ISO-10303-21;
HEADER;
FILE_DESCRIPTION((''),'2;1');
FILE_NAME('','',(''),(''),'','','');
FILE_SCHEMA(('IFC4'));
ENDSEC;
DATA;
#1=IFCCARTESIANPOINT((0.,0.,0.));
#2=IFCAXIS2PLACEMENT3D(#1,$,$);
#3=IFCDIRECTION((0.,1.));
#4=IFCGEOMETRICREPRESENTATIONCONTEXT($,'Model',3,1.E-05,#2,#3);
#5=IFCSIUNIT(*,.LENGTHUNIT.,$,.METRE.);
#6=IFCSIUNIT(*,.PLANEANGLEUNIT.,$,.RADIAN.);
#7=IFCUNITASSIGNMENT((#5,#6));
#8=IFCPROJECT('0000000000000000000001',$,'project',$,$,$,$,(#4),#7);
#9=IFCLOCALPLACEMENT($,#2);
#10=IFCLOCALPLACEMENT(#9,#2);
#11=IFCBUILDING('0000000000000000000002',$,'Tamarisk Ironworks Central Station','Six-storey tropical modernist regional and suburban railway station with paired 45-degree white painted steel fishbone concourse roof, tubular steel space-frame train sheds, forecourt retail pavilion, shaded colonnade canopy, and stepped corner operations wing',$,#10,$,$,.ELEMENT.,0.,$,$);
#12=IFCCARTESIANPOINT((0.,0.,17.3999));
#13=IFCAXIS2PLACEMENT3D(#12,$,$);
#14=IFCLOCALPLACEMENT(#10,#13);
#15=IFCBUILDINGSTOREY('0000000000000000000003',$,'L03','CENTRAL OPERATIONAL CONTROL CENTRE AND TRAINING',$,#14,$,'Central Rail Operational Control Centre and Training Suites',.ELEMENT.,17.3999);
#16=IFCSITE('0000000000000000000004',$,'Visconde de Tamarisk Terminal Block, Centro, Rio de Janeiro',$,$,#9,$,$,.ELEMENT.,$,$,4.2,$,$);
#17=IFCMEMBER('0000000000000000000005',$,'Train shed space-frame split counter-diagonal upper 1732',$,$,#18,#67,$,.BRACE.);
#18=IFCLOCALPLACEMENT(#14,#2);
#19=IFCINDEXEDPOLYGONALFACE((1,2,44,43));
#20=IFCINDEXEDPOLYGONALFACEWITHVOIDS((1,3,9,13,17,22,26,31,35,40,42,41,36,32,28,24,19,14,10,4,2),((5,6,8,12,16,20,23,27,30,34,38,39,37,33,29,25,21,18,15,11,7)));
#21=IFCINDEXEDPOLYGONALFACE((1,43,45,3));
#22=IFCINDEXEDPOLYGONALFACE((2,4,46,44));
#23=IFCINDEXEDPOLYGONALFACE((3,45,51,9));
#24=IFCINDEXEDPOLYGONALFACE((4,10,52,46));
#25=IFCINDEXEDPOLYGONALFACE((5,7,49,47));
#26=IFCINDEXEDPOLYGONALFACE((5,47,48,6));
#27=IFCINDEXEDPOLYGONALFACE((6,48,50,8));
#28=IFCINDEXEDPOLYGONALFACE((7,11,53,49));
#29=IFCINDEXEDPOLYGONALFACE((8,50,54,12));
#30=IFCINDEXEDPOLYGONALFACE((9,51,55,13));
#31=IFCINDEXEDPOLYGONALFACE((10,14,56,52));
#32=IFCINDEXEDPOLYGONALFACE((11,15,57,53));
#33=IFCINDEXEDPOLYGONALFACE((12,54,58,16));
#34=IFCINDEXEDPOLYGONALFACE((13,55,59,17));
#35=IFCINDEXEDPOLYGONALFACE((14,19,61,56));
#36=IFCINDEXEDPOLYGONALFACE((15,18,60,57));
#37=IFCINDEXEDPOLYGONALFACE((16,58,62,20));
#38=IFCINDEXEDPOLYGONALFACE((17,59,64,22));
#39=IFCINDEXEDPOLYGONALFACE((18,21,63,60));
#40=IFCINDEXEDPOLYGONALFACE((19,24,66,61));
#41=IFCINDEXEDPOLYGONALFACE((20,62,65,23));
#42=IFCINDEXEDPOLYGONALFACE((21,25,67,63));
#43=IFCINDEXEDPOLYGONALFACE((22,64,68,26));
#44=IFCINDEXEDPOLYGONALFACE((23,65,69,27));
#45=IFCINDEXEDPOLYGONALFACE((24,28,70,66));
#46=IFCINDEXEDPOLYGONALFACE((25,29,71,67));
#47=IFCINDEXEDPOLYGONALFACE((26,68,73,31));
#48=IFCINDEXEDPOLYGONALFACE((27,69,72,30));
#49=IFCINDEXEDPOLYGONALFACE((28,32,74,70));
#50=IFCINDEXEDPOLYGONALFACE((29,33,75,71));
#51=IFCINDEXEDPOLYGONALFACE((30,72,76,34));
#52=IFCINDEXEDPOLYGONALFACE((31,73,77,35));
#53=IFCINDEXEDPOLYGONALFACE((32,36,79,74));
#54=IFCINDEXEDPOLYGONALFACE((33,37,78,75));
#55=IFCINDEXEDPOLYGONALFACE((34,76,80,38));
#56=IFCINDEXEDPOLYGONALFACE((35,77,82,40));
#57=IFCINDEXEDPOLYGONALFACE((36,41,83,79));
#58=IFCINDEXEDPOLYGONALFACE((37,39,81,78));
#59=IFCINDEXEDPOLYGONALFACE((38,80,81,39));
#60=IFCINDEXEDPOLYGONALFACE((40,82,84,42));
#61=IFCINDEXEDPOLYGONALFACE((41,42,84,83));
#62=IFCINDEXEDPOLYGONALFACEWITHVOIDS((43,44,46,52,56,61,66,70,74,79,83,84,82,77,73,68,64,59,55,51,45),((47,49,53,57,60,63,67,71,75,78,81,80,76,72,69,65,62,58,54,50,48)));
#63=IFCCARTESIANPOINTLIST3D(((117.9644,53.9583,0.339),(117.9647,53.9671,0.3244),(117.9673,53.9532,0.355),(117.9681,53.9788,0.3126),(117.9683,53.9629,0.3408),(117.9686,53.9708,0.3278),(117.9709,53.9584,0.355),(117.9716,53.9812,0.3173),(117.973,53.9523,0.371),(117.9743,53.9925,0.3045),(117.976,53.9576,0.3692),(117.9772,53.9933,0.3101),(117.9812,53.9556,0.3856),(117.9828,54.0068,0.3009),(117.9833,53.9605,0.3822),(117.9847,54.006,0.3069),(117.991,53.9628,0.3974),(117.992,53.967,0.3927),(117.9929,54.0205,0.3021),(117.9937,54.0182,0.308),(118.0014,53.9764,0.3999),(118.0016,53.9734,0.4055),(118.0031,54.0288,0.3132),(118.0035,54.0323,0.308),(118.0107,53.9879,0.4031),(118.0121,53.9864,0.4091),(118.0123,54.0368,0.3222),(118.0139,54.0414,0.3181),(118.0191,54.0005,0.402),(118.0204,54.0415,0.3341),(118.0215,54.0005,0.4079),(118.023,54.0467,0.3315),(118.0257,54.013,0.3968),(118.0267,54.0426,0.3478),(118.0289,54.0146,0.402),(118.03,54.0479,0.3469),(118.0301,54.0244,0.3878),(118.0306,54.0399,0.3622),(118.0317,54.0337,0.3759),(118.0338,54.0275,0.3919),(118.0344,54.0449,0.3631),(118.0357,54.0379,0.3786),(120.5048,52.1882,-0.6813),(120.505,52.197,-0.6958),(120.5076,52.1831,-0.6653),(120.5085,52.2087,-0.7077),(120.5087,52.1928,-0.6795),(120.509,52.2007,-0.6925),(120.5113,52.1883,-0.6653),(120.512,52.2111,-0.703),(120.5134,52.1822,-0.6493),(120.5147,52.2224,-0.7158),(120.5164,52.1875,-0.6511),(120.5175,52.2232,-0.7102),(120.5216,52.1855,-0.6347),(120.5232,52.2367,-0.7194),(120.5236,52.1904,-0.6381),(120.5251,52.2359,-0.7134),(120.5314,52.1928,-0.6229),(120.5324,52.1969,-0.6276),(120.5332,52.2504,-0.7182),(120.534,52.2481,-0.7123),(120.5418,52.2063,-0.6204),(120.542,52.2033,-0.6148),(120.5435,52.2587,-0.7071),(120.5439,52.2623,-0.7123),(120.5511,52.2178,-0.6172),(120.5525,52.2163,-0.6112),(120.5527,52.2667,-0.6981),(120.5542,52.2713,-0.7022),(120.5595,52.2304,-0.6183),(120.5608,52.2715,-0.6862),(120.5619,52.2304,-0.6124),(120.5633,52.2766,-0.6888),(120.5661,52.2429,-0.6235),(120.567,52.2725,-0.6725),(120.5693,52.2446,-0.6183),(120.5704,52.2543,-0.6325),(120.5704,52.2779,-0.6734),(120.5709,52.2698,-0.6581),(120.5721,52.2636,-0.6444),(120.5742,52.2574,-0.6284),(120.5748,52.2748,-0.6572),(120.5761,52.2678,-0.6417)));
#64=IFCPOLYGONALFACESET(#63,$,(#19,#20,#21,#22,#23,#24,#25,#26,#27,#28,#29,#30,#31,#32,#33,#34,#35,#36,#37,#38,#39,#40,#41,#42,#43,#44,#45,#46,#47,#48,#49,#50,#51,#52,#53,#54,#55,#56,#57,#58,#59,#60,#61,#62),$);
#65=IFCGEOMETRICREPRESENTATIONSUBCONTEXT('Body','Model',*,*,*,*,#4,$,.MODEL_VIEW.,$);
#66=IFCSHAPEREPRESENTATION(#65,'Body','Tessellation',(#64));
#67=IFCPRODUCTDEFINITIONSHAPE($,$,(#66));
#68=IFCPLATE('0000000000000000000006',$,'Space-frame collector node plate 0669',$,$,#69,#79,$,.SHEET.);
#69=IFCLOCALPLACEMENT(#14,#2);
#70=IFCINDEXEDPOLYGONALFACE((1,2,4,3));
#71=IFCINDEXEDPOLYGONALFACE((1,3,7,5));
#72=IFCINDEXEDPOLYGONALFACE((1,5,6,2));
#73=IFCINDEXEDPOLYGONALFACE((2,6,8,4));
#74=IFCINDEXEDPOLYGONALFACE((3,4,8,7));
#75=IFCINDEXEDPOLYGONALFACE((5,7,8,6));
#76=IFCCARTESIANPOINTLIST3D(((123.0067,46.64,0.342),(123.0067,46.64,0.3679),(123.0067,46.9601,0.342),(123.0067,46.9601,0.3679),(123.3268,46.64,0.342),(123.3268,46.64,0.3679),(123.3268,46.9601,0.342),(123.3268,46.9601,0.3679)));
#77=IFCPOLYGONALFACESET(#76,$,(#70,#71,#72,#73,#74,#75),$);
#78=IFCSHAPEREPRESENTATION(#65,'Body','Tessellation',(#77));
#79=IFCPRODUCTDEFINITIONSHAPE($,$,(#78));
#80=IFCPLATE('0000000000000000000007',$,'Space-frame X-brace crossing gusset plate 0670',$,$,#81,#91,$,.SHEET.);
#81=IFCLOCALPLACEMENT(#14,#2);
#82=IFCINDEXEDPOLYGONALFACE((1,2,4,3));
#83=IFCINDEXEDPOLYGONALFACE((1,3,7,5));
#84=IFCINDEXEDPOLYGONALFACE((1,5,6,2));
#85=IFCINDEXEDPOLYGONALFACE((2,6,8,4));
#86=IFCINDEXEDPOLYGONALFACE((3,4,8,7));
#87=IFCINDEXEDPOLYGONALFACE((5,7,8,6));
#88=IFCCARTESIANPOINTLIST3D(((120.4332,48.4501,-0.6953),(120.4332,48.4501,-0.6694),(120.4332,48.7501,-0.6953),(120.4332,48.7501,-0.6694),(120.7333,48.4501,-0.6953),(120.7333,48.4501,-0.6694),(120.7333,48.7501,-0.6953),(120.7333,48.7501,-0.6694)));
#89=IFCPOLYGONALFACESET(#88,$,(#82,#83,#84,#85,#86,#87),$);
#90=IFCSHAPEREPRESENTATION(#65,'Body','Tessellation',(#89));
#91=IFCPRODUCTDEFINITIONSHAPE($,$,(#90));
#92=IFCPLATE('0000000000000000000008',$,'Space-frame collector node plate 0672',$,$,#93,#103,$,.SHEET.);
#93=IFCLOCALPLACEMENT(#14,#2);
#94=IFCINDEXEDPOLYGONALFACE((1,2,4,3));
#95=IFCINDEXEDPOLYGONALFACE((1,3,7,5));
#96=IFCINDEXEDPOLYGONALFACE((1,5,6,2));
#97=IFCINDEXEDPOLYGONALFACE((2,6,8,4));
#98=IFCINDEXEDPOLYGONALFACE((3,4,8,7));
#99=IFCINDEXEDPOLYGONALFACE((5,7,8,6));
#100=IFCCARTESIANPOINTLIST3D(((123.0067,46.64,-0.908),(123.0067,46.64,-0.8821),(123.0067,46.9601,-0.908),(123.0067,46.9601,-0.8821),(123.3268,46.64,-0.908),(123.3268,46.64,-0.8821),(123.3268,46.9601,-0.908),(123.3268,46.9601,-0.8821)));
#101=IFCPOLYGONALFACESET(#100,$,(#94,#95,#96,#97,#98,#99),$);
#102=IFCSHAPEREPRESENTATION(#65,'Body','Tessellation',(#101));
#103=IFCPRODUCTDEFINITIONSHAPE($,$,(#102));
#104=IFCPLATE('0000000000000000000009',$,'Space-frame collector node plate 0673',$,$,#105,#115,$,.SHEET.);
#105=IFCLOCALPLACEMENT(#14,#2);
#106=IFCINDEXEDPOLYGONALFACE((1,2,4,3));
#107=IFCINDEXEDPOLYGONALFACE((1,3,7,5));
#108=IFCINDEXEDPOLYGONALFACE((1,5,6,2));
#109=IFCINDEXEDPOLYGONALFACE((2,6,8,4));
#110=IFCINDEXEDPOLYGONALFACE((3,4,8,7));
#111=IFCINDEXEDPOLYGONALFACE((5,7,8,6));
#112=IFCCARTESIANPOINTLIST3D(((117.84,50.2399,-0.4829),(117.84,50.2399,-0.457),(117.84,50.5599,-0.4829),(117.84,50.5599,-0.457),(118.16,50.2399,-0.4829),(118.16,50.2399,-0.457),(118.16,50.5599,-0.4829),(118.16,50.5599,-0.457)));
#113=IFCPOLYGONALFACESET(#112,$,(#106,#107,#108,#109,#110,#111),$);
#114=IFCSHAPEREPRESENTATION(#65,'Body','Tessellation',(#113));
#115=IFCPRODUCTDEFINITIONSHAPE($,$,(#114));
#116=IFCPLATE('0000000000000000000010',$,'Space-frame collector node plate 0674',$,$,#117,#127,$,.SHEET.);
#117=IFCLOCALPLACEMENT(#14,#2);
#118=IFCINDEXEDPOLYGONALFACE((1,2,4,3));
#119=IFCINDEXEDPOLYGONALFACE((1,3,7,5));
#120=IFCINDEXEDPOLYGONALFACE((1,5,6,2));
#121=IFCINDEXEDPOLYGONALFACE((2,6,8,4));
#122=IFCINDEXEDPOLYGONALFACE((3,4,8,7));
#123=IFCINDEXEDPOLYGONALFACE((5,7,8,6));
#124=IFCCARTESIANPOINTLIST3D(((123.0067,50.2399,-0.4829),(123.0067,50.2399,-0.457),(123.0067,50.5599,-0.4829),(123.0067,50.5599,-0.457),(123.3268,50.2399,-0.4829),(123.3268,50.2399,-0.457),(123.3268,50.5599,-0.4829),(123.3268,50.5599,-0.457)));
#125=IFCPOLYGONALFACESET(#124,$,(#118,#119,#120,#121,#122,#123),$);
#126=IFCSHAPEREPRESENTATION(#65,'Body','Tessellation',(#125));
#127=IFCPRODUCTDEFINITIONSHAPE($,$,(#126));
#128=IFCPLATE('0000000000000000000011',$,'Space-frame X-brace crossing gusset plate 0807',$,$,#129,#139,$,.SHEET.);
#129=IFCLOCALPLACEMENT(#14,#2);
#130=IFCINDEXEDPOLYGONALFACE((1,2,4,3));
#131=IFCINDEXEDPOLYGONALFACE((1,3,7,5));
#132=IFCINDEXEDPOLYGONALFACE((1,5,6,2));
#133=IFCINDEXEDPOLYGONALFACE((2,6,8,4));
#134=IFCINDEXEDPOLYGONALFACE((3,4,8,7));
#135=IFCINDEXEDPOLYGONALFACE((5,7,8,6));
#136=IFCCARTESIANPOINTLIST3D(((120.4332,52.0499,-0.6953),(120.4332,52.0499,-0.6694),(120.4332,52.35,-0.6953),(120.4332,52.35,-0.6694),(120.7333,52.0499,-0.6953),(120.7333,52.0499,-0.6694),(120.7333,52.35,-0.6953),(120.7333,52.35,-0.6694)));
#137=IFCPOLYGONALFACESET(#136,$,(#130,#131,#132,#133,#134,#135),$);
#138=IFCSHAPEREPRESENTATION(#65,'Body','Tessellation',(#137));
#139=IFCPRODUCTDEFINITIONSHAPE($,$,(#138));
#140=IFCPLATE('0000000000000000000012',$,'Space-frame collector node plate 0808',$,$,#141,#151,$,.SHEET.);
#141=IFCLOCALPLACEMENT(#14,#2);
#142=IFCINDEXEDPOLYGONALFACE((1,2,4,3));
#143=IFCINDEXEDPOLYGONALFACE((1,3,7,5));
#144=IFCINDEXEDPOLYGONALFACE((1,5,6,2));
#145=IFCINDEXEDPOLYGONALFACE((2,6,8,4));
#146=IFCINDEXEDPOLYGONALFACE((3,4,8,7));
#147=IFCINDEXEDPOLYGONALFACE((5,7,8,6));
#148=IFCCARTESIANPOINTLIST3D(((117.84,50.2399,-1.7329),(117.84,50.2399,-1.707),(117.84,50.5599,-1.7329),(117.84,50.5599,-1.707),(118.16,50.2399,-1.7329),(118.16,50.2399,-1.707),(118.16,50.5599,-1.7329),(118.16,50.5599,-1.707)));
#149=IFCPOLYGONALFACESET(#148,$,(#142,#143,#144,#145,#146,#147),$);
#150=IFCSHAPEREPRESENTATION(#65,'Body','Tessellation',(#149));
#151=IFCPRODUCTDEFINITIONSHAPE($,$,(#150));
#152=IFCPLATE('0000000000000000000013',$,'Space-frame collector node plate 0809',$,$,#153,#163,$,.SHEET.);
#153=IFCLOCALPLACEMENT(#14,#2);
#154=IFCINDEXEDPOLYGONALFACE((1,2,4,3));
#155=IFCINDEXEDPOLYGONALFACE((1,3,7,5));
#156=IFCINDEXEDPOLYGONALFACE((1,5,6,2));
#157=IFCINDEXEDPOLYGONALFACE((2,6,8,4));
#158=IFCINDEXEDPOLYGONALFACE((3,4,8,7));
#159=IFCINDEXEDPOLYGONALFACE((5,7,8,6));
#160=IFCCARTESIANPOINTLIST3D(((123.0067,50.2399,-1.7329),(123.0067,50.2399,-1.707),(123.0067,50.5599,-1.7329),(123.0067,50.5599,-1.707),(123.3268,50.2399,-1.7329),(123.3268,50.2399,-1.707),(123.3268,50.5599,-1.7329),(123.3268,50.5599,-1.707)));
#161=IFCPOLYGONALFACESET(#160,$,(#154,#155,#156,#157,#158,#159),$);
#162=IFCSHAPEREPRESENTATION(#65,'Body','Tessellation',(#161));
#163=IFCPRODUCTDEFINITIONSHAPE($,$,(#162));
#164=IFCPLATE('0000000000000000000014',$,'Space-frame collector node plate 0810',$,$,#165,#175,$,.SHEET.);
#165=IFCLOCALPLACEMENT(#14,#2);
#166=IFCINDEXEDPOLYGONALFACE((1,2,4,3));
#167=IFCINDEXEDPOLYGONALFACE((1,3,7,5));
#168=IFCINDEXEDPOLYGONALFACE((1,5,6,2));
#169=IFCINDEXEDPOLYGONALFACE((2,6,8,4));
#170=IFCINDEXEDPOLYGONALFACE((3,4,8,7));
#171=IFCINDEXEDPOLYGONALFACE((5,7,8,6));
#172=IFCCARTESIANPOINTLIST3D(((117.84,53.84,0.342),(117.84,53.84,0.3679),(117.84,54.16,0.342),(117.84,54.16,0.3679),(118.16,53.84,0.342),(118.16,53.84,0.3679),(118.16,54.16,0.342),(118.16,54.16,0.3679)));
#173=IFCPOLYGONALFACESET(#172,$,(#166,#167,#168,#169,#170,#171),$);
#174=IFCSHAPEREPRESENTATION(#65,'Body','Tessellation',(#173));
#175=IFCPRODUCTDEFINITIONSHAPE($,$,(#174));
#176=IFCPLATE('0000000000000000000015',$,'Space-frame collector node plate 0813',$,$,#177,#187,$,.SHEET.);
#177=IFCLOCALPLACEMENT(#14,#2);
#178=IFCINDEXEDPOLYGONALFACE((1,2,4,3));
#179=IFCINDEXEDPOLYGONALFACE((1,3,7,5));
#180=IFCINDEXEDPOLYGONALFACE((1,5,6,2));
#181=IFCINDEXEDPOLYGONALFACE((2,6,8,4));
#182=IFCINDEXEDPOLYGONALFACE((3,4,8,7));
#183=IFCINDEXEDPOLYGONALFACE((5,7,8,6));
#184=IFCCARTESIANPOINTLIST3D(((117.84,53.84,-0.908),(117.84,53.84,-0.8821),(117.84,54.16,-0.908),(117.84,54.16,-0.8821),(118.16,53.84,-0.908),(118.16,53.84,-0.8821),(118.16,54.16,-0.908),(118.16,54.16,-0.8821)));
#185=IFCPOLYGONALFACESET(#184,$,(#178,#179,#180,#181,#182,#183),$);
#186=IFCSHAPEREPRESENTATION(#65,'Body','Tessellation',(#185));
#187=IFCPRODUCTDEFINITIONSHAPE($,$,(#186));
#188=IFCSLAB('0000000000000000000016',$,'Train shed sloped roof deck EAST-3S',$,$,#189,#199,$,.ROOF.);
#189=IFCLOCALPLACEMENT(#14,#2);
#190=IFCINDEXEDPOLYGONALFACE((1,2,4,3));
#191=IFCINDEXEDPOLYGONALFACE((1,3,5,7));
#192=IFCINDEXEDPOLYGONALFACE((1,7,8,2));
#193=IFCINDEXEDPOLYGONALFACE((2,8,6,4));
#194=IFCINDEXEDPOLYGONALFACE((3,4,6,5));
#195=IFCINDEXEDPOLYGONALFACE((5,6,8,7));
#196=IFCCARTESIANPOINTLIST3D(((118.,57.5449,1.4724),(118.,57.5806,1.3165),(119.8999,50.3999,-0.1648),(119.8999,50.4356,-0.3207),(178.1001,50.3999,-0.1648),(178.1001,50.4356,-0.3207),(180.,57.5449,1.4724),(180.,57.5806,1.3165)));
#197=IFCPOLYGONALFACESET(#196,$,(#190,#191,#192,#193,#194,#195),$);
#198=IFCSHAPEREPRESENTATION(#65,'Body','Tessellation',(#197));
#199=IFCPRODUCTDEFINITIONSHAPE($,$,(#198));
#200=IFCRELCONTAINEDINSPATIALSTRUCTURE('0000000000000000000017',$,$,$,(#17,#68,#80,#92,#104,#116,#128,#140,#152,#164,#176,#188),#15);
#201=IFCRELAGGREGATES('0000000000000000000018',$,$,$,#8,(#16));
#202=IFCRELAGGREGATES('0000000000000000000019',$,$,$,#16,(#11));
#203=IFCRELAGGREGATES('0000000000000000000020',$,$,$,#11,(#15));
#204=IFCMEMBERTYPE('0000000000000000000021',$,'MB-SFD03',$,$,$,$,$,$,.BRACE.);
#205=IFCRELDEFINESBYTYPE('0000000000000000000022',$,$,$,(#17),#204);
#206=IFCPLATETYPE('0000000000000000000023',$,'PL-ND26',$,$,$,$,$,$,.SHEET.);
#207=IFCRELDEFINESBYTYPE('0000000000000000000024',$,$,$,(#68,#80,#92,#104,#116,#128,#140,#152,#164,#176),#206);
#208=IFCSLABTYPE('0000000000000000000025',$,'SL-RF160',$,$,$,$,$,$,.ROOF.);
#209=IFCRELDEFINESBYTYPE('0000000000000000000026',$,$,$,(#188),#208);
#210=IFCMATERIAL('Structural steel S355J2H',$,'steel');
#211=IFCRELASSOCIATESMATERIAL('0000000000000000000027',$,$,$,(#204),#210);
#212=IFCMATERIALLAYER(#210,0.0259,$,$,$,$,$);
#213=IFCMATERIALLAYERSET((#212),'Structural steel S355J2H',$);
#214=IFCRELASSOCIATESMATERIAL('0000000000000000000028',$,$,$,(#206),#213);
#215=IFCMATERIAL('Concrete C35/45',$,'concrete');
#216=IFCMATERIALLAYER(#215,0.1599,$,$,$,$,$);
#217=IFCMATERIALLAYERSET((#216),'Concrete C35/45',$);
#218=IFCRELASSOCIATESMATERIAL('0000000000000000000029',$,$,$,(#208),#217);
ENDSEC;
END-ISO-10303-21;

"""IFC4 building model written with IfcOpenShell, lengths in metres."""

from ifc_helpers import new_model, si_unit, direction, frame, origin, origin_2d, place, context, subcontext, project, spatial, polyline, rectangle, hollow_circle, outline, extrude, material, layer, layer_set, material_profile, profile_set, type_object, element, save


model = new_model("IFC4")

# Units and contexts
model_context = context("Model", 3, precision=1e-05, world=origin(), true_north=direction((0.0, 1.0)))
body_context = subcontext(model_context, "Body", "Model", "MODEL_VIEW")
ifc_project = project(units=[si_unit("LENGTHUNIT", "METRE"), si_unit("PLANEANGLEUNIT", "RADIAN")], contexts=[model_context])

# Site, building, storey
site_placement = place(None, origin())
site = spatial("IfcSite", under=ifc_project, at=site_placement, Name="Visconde de Tamarisk Terminal Block, Centro, Rio de Janeiro", CompositionType="ELEMENT", RefElevation=4.2)
building_placement = place(site_placement, origin())
building = spatial("IfcBuilding", under=site, at=building_placement, Name="Tamarisk Ironworks Central Station", Description="Six-storey tropical modernist regional and suburban railway station with paired 45-degree white painted steel fishbone concourse roof, tubular steel space-frame train sheds, forecourt retail pavilion, shaded colonnade canopy, and stepped corner operations wing", CompositionType="ELEMENT", ElevationOfRefHeight=0.0)
storey_placement = place(building_placement, frame((0.0, 0.0, 17.3999)))
storey = spatial("IfcBuildingStorey", under=building, at=storey_placement, Name="L03", Description="CENTRAL OPERATIONAL CONTROL CENTRE AND TRAINING", LongName="Central Rail Operational Control Centre and Training Suites", CompositionType="ELEMENT", Elevation=17.3999)

# Member
ifc_material_1 = material(Name="Structural steel S355J2H", Category="steel")
ifc_material_profile_1 = material_profile(ifc_material_1, hollow_circle(Radius=0.0571, WallThickness=0.0063, at=origin_2d()), Name="CHS 114.3x6.3")
ifc_profile_set_1 = profile_set([ifc_material_profile_1], Name="Structural steel S355J2H")
member_type_1 = type_object("IfcMemberType", Name="MB-SFD03", PredefinedType="BRACE", material=ifc_profile_set_1)
member_1_placement = place(storey_placement, frame((120.5403, 52.23, -0.6653), z_axis=(-0.779252, 0.542967, 0.312974), x_axis=(-0.571688, -0.820471, 0.0)))
element("IfcMember", 1, at=member_1_placement, inside=storey, type_object=member_type_1, Name="Train shed space-frame split counter-diagonal upper 1732", PredefinedType="BRACE", context=body_context, shape_type="SweptSolid", body=[
    extrude(hollow_circle(Radius=0.0571, WallThickness=0.0063, at=origin_2d()), origin(), (0.0, 0.0, 1.0), 3.26),
])

# Plates
ifc_layer_1 = layer(ifc_material_1, 0.0259)
ifc_layer_set_1 = layer_set([ifc_layer_1], Name="Structural steel S355J2H")
plate_type = type_object("IfcPlateType", Name="PL-ND26", PredefinedType="SHEET", material=ifc_layer_set_1)
plate_1_placement = place(storey_placement, frame((123.1667, 46.8, 0.342), z_axis=(0.0, 0.0, 1.0), x_axis=(1.0, 0.0, 0.0)))
element("IfcPlate", 2, at=plate_1_placement, inside=storey, type_object=plate_type, Name="Space-frame collector node plate 0669", PredefinedType="SHEET", context=body_context, shape_type="SweptSolid", body=[
    extrude(rectangle(XDim=0.3201, YDim=0.3201, at=origin_2d()), origin(), (0.0, 0.0, 1.0), 0.0259),
])
plate_2_placement = place(storey_placement, frame((120.5833, 48.6001, -0.6953), z_axis=(0.0, 0.0, 1.0), x_axis=(1.0, 0.0, 0.0)))
element("IfcPlate", 3, at=plate_2_placement, inside=storey, type_object=plate_type, Name="Space-frame X-brace crossing gusset plate 0670", PredefinedType="SHEET", context=body_context, shape_type="SweptSolid", body=[
    extrude(rectangle(XDim=0.3, YDim=0.3, at=origin_2d()), origin(), (0.0, 0.0, 1.0), 0.0259),
])
for number, where, z_axis, x_axis, name in (
    (4, (123.1667, 46.8, -0.908), (0.0, 0.0, 1.0), (1.0, 0.0, 0.0), "Space-frame collector node plate 0672"),
    (5, (118.0, 50.3999, -0.4829), (0.0, 0.0, 1.0), (1.0, 0.0, 0.0), "Space-frame collector node plate 0673"),
    (6, (123.1667, 50.3999, -0.4829), (0.0, 0.0, 1.0), (1.0, 0.0, 0.0), "Space-frame collector node plate 0674"),
):
    element("IfcPlate", number, at=place(storey_placement, frame(where, z_axis=z_axis, x_axis=x_axis)), inside=storey, type_object=plate_type, Name=name, PredefinedType="SHEET", context=body_context, shape_type="SweptSolid", body=[
        extrude(rectangle(XDim=0.3201, YDim=0.3201, at=origin_2d()), origin(), (0.0, 0.0, 1.0), 0.0259),
    ])
plate_3_placement = place(storey_placement, frame((120.5833, 52.2, -0.6953), z_axis=(0.0, 0.0, 1.0), x_axis=(1.0, 0.0, 0.0)))
element("IfcPlate", 7, at=plate_3_placement, inside=storey, type_object=plate_type, Name="Space-frame X-brace crossing gusset plate 0807", PredefinedType="SHEET", context=body_context, shape_type="SweptSolid", body=[
    extrude(rectangle(XDim=0.3, YDim=0.3, at=origin_2d()), origin(), (0.0, 0.0, 1.0), 0.0259),
])
for number, where, z_axis, x_axis, name in (
    (8, (118.0, 50.3999, -1.7329), (0.0, 0.0, 1.0), (1.0, 0.0, 0.0), "Space-frame collector node plate 0808"),
    (9, (123.1667, 50.3999, -1.7329), (0.0, 0.0, 1.0), (1.0, 0.0, 0.0), "Space-frame collector node plate 0809"),
    (10, (118.0, 54.0, 0.342), (0.0, 0.0, 1.0), (1.0, 0.0, 0.0), "Space-frame collector node plate 0810"),
    (11, (118.0, 54.0, -0.908), (0.0, 0.0, 1.0), (1.0, 0.0, 0.0), "Space-frame collector node plate 0813"),
):
    element("IfcPlate", number, at=place(storey_placement, frame(where, z_axis=z_axis, x_axis=x_axis)), inside=storey, type_object=plate_type, Name=name, PredefinedType="SHEET", context=body_context, shape_type="SweptSolid", body=[
        extrude(rectangle(XDim=0.3201, YDim=0.3201, at=origin_2d()), origin(), (0.0, 0.0, 1.0), 0.0259),
    ])

# Slab
ifc_material_2 = material(Name="Concrete C35/45", Category="concrete")
ifc_layer_2 = layer(ifc_material_2, 0.1599)
ifc_layer_set_2 = layer_set([ifc_layer_2], Name="Concrete C35/45")
slab_type = type_object("IfcSlabType", Name="SL-RF160", PredefinedType="ROOF", material=ifc_layer_set_2)
slab_placement = place(storey_placement, frame((119.8999, 50.3999, -0.1648), z_axis=(0.0, -0.223351, 0.974738), x_axis=(1.0, 0.0, 0.0)))
element("IfcSlab", 12, at=slab_placement, inside=storey, type_object=slab_type, Name="Train shed sloped roof deck EAST-3S", PredefinedType="ROOF", context=body_context, shape_type="SweptSolid", body=[
    extrude(outline(polyline([(0.0, 0.0), (58.2002, 0.0), (60.1001, 7.3302), (-1.8999, 7.3302), (0.0, 0.0)])), origin(), (0.0, 0.0, -1.0), 0.1599),
])

save(model, "model.ifc")
